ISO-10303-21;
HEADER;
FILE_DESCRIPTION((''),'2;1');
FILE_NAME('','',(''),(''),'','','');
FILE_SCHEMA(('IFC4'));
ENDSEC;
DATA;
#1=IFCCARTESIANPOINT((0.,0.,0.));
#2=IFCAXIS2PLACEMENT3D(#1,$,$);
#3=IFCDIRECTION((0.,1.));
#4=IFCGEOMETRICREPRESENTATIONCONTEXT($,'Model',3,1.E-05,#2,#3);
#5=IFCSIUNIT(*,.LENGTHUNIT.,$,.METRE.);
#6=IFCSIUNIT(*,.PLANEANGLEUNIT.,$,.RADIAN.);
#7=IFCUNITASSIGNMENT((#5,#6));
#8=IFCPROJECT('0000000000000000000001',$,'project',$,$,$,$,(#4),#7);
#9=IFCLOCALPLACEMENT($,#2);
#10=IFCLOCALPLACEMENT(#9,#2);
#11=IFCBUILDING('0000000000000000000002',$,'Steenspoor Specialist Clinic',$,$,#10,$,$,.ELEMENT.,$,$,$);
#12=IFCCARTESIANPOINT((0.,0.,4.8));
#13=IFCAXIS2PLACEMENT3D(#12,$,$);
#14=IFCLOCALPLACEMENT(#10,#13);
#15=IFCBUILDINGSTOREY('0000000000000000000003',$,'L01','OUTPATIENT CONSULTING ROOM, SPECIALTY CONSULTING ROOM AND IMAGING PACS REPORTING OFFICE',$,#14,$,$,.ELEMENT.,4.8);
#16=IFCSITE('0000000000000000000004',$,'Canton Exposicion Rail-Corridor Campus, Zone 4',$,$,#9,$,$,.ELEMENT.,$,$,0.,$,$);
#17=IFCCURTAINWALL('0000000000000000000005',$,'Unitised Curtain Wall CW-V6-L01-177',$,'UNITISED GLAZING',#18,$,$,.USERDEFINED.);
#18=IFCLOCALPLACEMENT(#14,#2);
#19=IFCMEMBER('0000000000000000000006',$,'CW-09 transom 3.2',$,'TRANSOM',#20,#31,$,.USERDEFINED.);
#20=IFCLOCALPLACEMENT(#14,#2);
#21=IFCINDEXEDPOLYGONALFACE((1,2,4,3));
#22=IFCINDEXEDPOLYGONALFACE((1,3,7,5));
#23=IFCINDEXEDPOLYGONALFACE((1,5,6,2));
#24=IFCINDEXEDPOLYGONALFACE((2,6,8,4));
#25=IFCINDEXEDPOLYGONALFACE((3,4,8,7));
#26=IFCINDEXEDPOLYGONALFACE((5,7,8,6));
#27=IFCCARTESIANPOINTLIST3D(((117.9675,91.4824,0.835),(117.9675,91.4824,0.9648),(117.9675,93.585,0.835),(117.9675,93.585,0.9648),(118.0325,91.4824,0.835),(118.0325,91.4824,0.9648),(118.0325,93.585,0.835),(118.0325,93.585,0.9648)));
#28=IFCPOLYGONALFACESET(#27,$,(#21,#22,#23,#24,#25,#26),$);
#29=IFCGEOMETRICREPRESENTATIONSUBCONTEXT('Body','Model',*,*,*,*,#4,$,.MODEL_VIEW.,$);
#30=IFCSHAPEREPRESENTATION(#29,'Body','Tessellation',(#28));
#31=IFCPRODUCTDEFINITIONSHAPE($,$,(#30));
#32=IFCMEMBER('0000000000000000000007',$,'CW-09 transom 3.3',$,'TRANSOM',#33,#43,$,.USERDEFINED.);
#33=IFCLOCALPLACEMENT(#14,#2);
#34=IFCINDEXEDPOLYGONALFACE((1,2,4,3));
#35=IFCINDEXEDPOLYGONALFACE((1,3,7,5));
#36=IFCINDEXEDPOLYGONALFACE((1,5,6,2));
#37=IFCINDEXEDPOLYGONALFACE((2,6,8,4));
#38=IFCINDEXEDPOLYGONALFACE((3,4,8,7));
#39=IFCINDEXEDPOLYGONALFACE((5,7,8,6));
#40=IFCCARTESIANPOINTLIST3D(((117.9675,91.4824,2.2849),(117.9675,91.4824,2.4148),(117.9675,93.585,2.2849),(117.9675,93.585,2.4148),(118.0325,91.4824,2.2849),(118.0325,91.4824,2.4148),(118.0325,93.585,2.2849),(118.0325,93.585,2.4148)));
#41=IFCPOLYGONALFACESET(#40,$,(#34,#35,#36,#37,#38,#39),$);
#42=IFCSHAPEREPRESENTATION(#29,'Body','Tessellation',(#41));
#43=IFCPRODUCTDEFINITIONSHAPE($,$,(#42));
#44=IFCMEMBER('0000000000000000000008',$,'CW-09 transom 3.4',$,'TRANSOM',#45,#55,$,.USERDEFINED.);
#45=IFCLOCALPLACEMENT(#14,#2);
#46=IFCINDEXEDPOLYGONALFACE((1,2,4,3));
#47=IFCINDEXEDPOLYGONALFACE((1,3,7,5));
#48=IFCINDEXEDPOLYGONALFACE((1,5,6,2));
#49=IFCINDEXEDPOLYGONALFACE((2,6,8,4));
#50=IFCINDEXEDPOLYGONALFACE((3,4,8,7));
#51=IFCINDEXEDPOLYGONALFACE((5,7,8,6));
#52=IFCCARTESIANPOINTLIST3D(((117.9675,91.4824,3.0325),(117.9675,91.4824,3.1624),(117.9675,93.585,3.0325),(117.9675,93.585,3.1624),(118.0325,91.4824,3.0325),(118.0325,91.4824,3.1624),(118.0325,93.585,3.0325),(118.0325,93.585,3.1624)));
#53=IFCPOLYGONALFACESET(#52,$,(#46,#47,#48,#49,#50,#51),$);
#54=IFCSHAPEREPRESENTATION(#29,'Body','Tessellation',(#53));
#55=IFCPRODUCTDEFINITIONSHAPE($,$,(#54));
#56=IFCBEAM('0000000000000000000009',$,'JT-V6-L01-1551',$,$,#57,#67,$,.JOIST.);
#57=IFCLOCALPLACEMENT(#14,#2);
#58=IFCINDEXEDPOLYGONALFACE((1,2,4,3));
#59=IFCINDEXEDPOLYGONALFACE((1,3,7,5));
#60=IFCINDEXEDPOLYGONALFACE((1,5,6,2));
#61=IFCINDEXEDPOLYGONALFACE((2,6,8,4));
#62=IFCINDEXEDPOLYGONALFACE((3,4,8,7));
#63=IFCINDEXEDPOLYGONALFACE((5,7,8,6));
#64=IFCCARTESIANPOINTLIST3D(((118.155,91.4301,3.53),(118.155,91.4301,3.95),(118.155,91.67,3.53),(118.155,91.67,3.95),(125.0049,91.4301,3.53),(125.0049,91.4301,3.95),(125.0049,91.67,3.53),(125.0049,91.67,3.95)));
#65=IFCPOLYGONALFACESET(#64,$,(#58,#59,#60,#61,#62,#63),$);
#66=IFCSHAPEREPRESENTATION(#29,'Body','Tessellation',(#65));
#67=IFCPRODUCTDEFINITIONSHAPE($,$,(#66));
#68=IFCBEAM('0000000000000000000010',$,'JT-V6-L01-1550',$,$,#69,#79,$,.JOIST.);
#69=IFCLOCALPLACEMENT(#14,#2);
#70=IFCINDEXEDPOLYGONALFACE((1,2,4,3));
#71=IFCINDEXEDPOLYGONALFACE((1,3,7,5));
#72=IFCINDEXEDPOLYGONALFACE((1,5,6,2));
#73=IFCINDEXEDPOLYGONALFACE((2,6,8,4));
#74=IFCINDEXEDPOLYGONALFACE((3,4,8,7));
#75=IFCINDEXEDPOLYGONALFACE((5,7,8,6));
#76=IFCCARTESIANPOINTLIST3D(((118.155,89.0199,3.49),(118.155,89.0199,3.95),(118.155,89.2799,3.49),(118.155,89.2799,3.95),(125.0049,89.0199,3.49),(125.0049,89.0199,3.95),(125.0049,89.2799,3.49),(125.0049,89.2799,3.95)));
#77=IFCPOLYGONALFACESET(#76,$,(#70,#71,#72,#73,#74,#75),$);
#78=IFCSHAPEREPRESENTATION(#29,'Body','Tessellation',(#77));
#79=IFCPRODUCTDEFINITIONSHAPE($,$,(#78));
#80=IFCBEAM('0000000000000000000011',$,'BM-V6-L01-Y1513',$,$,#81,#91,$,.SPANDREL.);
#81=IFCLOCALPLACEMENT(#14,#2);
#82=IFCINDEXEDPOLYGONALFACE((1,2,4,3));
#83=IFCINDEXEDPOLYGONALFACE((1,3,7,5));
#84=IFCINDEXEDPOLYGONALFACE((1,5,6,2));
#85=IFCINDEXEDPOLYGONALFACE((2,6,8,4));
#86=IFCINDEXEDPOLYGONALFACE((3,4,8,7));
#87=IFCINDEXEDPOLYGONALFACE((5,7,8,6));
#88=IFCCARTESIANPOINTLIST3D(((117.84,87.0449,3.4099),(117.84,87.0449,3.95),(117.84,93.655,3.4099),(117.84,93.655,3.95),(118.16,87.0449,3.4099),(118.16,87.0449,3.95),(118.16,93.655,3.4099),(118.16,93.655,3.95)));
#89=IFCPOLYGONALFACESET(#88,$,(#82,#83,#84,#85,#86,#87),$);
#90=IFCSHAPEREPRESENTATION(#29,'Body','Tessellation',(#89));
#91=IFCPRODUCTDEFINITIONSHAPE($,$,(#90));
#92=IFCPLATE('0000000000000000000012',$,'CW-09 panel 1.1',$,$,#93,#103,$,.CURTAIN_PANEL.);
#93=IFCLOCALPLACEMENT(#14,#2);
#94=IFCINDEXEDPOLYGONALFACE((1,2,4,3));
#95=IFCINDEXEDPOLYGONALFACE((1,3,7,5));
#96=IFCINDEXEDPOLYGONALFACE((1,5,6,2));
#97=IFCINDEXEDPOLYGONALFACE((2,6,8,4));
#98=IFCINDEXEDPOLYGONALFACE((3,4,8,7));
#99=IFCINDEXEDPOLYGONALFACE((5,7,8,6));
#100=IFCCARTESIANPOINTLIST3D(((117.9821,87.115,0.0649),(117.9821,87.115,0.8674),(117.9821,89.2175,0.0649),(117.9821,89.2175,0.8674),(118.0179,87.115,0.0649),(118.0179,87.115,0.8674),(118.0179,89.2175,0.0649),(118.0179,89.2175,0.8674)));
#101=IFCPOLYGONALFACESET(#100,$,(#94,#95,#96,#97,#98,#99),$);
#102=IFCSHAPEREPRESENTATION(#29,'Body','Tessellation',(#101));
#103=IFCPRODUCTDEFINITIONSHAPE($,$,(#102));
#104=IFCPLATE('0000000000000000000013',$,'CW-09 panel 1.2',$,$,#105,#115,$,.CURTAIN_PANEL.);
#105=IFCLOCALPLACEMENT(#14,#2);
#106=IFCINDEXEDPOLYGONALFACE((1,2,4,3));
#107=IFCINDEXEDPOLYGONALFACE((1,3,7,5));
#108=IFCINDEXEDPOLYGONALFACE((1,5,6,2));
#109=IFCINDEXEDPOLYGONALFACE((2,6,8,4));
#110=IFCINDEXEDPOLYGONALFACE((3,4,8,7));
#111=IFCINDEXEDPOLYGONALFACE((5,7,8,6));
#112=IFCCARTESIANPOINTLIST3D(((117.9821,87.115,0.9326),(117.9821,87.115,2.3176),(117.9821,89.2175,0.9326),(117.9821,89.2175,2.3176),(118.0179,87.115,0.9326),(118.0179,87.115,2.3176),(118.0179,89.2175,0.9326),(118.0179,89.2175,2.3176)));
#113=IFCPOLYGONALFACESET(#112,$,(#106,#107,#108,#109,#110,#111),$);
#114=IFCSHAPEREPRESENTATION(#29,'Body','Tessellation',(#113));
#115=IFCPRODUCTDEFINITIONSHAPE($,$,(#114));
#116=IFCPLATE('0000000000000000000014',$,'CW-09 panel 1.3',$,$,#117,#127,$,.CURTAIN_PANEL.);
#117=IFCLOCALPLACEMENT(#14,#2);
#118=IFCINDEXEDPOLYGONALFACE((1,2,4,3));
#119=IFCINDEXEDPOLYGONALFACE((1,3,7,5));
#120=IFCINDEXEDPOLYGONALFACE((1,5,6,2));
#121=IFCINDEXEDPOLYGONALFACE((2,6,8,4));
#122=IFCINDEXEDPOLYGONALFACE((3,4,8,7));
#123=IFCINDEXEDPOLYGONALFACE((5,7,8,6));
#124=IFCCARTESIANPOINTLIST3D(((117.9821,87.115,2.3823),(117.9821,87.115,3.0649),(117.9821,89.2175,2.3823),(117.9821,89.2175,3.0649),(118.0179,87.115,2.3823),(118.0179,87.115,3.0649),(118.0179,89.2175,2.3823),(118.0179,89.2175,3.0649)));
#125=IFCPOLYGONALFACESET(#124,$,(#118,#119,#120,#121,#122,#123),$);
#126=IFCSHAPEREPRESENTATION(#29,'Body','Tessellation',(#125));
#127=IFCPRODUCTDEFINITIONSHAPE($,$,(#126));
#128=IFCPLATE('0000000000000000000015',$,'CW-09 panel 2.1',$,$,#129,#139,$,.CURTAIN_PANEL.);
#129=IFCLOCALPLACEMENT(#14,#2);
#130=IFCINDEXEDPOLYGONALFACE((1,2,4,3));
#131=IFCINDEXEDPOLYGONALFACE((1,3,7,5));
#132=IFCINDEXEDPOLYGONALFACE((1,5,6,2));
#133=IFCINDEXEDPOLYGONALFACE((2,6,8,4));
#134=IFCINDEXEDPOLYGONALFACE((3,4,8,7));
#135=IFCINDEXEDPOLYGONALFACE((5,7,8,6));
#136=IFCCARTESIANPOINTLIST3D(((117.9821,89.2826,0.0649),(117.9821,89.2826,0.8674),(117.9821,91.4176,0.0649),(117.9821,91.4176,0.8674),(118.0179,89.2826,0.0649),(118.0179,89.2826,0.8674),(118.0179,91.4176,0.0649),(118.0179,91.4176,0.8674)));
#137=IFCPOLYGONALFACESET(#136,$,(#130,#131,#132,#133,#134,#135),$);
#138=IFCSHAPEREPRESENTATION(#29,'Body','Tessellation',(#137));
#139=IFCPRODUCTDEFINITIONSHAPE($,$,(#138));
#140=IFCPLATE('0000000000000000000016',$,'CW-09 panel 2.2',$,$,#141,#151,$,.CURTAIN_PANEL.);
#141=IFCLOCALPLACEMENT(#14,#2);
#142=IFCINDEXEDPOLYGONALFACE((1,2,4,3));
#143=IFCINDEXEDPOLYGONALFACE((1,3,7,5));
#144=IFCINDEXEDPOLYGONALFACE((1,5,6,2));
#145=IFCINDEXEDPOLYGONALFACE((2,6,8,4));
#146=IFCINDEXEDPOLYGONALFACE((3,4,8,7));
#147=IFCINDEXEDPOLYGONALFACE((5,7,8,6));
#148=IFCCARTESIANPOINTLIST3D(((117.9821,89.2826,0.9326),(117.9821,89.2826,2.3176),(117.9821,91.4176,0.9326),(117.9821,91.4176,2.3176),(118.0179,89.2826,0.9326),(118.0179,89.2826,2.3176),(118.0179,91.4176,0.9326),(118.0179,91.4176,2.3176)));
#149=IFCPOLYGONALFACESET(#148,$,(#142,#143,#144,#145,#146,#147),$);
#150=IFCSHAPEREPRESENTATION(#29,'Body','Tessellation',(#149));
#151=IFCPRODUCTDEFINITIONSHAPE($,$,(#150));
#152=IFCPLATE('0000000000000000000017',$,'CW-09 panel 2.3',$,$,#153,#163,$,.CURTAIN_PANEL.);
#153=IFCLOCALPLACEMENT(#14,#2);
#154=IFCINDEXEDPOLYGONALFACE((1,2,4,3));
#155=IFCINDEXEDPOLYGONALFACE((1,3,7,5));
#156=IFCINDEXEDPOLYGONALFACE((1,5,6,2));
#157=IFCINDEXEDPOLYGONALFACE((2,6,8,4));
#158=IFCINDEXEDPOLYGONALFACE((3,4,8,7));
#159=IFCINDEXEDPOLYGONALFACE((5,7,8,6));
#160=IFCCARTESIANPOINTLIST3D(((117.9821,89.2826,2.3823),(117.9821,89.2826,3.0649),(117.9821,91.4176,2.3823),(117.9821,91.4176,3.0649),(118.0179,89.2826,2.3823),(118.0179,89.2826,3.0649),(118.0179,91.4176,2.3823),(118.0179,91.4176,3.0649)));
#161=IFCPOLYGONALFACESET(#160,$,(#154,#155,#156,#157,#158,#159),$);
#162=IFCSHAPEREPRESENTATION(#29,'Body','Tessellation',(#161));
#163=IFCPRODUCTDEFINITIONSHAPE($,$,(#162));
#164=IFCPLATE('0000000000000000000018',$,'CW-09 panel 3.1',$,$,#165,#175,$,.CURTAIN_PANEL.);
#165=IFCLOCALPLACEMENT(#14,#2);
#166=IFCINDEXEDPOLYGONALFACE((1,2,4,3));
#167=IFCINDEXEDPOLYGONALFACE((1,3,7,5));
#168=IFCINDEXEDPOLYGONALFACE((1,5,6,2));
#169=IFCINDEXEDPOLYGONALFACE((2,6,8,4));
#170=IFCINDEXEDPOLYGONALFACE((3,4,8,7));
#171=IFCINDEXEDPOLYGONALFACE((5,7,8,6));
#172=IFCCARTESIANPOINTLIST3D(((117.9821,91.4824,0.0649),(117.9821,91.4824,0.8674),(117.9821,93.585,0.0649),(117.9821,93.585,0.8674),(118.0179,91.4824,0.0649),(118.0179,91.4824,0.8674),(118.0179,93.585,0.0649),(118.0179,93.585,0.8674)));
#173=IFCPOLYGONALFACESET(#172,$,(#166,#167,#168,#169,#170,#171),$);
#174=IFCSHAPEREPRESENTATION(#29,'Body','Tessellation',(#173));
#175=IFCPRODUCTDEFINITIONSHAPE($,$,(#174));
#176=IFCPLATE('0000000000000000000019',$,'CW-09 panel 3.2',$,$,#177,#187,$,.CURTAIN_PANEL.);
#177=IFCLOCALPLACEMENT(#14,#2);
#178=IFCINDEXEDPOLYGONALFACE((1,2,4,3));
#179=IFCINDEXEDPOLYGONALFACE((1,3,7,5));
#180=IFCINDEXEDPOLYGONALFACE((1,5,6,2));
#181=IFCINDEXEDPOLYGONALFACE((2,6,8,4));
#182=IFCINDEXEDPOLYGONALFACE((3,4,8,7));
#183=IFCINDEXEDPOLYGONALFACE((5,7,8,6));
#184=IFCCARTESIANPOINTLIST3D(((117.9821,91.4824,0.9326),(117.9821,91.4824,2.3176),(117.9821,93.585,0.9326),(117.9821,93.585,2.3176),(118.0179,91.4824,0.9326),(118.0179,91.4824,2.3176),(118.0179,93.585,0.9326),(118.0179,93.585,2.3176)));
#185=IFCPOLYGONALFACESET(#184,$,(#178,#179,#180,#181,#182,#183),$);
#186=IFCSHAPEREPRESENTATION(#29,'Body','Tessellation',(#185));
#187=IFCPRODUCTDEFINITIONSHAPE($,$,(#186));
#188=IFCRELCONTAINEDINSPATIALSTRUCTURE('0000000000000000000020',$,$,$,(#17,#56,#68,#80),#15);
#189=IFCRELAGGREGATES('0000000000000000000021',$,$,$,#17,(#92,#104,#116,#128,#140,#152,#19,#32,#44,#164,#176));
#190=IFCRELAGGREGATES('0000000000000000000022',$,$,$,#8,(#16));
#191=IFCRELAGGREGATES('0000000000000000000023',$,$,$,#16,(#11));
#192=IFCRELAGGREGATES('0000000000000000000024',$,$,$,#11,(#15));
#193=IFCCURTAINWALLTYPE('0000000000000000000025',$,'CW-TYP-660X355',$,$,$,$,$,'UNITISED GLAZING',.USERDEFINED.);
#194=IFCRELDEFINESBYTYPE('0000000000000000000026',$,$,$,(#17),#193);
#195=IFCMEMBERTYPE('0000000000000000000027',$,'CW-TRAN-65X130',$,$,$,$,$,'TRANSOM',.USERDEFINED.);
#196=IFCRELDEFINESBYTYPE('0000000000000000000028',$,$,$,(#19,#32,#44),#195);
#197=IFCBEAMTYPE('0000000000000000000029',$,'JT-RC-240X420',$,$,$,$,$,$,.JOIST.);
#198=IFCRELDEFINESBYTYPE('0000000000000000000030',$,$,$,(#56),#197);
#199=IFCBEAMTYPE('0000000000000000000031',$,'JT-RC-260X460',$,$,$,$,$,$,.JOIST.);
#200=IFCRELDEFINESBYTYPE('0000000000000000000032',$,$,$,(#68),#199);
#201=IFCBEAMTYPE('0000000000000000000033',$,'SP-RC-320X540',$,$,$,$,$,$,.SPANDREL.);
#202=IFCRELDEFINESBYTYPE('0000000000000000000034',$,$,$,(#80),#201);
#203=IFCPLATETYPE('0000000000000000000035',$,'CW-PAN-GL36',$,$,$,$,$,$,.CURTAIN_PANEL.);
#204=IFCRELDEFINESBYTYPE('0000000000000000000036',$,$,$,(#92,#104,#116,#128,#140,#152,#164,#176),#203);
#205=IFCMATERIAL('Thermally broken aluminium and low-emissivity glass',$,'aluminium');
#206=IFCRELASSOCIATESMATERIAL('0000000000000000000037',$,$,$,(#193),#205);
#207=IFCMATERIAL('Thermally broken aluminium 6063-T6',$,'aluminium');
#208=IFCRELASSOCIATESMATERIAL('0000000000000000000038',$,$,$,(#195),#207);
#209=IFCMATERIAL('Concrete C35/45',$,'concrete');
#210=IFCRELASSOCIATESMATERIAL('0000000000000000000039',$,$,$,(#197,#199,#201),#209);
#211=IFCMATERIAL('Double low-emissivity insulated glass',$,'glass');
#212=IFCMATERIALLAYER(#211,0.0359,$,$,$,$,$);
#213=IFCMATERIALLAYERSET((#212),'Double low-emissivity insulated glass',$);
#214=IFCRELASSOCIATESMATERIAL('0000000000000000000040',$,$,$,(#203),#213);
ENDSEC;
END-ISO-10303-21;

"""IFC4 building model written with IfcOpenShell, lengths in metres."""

from ifc_helpers import new_model, si_unit, direction, frame, origin, origin_2d, place, context, subcontext, project, spatial, rectangle, extrude, material, layer, layer_set, material_profile, profile_set, type_object, element, aggregate, save


model = new_model("IFC4")

# Units and contexts
model_context = context("Model", 3, precision=1e-05, world=origin(), true_north=direction((0.0, 1.0)))
body_context = subcontext(model_context, "Body", "Model", "MODEL_VIEW")
ifc_project = project(units=[si_unit("LENGTHUNIT", "METRE"), si_unit("PLANEANGLEUNIT", "RADIAN")], contexts=[model_context])

# Site, building, storey
site_placement = place(None, origin())
site = spatial("IfcSite", under=ifc_project, at=site_placement, Name="Canton Exposicion Rail-Corridor Campus, Zone 4", CompositionType="ELEMENT", RefElevation=0.0)
building_placement = place(site_placement, origin())
building = spatial("IfcBuilding", under=site, at=building_placement, Name="Steenspoor Specialist Clinic", CompositionType="ELEMENT")
storey_placement = place(building_placement, frame((0.0, 0.0, 4.8)))
storey = spatial("IfcBuildingStorey", under=building, at=storey_placement, Name="L01", Description="OUTPATIENT CONSULTING ROOM, SPECIALTY CONSULTING ROOM AND IMAGING PACS REPORTING OFFICE", CompositionType="ELEMENT", Elevation=4.8)

# Curtain wall, members
ifc_material_1 = material(Name="Thermally broken aluminium and low-emissivity glass", Category="aluminium")
curtain_wall_type = type_object("IfcCurtainWallType", Name="CW-TYP-660X355", ElementType="UNITISED GLAZING", PredefinedType="USERDEFINED", material=ifc_material_1)
curtain_wall_placement = place(storey_placement, origin())
curtain_wall = element("IfcCurtainWall", 1, at=curtain_wall_placement, inside=storey, type_object=curtain_wall_type, Name="Unitised Curtain Wall CW-V6-L01-177", ObjectType="UNITISED GLAZING", PredefinedType="USERDEFINED")
ifc_material_2 = material(Name="Thermally broken aluminium 6063-T6", Category="aluminium")
ifc_material_profile_1 = material_profile(ifc_material_2, rectangle(XDim=0.0649, YDim=0.1299, at=origin_2d()), Name="CWT-65X130")
ifc_profile_set_1 = profile_set([ifc_material_profile_1], Name="Thermally broken aluminium 6063-T6")
member_type_1 = type_object("IfcMemberType", Name="CW-TRAN-65X130", ElementType="TRANSOM", PredefinedType="USERDEFINED", material=ifc_profile_set_1)
member_1_placement = place(storey_placement, frame((118.0, 91.4824, 0.8999), z_axis=(0.0, 1.0, 0.0), x_axis=(-1.0, 0.0, 0.0)))
member_1 = element("IfcMember", 2, at=member_1_placement, type_object=member_type_1, Name="CW-09 transom 3.2", ObjectType="TRANSOM", PredefinedType="USERDEFINED", context=body_context, shape_type="SweptSolid", body=[
    extrude(rectangle(XDim=0.0649, YDim=0.1299, at=origin_2d()), origin(), (0.0, 0.0, 1.0), 2.1025),
])
member_2_placement = place(storey_placement, frame((118.0, 91.4824, 2.3499), z_axis=(0.0, 1.0, 0.0), x_axis=(-1.0, 0.0, 0.0)))
member_2 = element("IfcMember", 3, at=member_2_placement, type_object=member_type_1, Name="CW-09 transom 3.3", ObjectType="TRANSOM", PredefinedType="USERDEFINED", context=body_context, shape_type="SweptSolid", body=[
    extrude(rectangle(XDim=0.0649, YDim=0.1299, at=origin_2d()), origin(), (0.0, 0.0, 1.0), 2.1025),
])
member_3_placement = place(storey_placement, frame((118.0, 91.4824, 3.0974), z_axis=(0.0, 1.0, 0.0), x_axis=(-1.0, 0.0, 0.0)))
member_3 = element("IfcMember", 4, at=member_3_placement, type_object=member_type_1, Name="CW-09 transom 3.4", ObjectType="TRANSOM", PredefinedType="USERDEFINED", context=body_context, shape_type="SweptSolid", body=[
    extrude(rectangle(XDim=0.0649, YDim=0.1299, at=origin_2d()), origin(), (0.0, 0.0, 1.0), 2.1025),
])

# Beams
ifc_material_3 = material(Name="Concrete C35/45", Category="concrete")
ifc_material_profile_2 = material_profile(ifc_material_3, rectangle(XDim=0.24, YDim=0.4199, at=origin_2d()), Name="RC-JT-240X420")
ifc_profile_set_2 = profile_set([ifc_material_profile_2], Name="Concrete C35/45")
beam_type_1 = type_object("IfcBeamType", Name="JT-RC-240X420", PredefinedType="JOIST", material=ifc_profile_set_2)
beam_1_placement = place(storey_placement, frame((118.155, 91.55, 3.74), z_axis=(1.0, 0.0, 0.0), x_axis=(0.0, 1.0, 0.0)))
element("IfcBeam", 5, at=beam_1_placement, inside=storey, type_object=beam_type_1, Name="JT-V6-L01-1551", PredefinedType="JOIST", context=body_context, shape_type="SweptSolid", body=[
    extrude(rectangle(XDim=0.24, YDim=0.4199, at=origin_2d()), origin(), (0.0, 0.0, 1.0), 6.8499),
])
ifc_material_profile_3 = material_profile(ifc_material_3, rectangle(XDim=0.26, YDim=0.46, at=origin_2d()), Name="RC-JT-260X460")
ifc_profile_set_3 = profile_set([ifc_material_profile_3], Name="Concrete C35/45")
beam_type_2 = type_object("IfcBeamType", Name="JT-RC-260X460", PredefinedType="JOIST", material=ifc_profile_set_3)
beam_2_placement = place(storey_placement, frame((118.155, 89.1499, 3.72), z_axis=(1.0, 0.0, 0.0), x_axis=(0.0, 1.0, 0.0)))
element("IfcBeam", 6, at=beam_2_placement, inside=storey, type_object=beam_type_2, Name="JT-V6-L01-1550", PredefinedType="JOIST", context=body_context, shape_type="SweptSolid", body=[
    extrude(rectangle(XDim=0.26, YDim=0.46, at=origin_2d()), origin(), (0.0, 0.0, 1.0), 6.8499),
])
ifc_material_profile_4 = material_profile(ifc_material_3, rectangle(XDim=0.3201, YDim=0.54, at=origin_2d()), Name="RC-SP-320X540")
ifc_profile_set_4 = profile_set([ifc_material_profile_4], Name="Concrete C35/45")
beam_type_3 = type_object("IfcBeamType", Name="SP-RC-320X540", PredefinedType="SPANDREL", material=ifc_profile_set_4)
beam_3_placement = place(storey_placement, frame((118.0, 87.0449, 3.6799), z_axis=(0.0, 1.0, 0.0), x_axis=(-1.0, 0.0, 0.0)))
element("IfcBeam", 7, at=beam_3_placement, inside=storey, type_object=beam_type_3, Name="BM-V6-L01-Y1513", PredefinedType="SPANDREL", context=body_context, shape_type="SweptSolid", body=[
    extrude(rectangle(XDim=0.3201, YDim=0.54, at=origin_2d()), origin(), (0.0, 0.0, 1.0), 6.6101),
])

# Plates
ifc_material_4 = material(Name="Double low-emissivity insulated glass", Category="glass")
ifc_layer = layer(ifc_material_4, 0.0359)
ifc_layer_set = layer_set([ifc_layer], Name="Double low-emissivity insulated glass")
plate_type = type_object("IfcPlateType", Name="CW-PAN-GL36", PredefinedType="CURTAIN_PANEL", material=ifc_layer_set)
plate_1_placement = place(storey_placement, frame((118.0, 88.1663, 0.0649), z_axis=(0.0, 0.0, 1.0), x_axis=(0.0, 1.0, 0.0)))
plate_1 = element("IfcPlate", 8, at=plate_1_placement, type_object=plate_type, Name="CW-09 panel 1.1", PredefinedType="CURTAIN_PANEL", context=body_context, shape_type="SweptSolid", body=[
    extrude(rectangle(XDim=2.1025, YDim=0.0359, at=origin_2d()), origin(), (0.0, 0.0, 1.0), 0.8025),
])
plate_2_placement = place(storey_placement, frame((118.0, 88.1663, 0.9326), z_axis=(0.0, 0.0, 1.0), x_axis=(0.0, 1.0, 0.0)))
plate_2 = element("IfcPlate", 9, at=plate_2_placement, type_object=plate_type, Name="CW-09 panel 1.2", PredefinedType="CURTAIN_PANEL", context=body_context, shape_type="SweptSolid", body=[
    extrude(rectangle(XDim=2.1025, YDim=0.0359, at=origin_2d()), origin(), (0.0, 0.0, 1.0), 1.385),
])
plate_3_placement = place(storey_placement, frame((118.0, 88.1663, 2.3823), z_axis=(0.0, 0.0, 1.0), x_axis=(0.0, 1.0, 0.0)))
plate_3 = element("IfcPlate", 10, at=plate_3_placement, type_object=plate_type, Name="CW-09 panel 1.3", PredefinedType="CURTAIN_PANEL", context=body_context, shape_type="SweptSolid", body=[
    extrude(rectangle(XDim=2.1025, YDim=0.0359, at=origin_2d()), origin(), (0.0, 0.0, 1.0), 0.6826),
])
plate_4_placement = place(storey_placement, frame((118.0, 90.3501, 0.0649), z_axis=(0.0, 0.0, 1.0), x_axis=(0.0, 1.0, 0.0)))
plate_4 = element("IfcPlate", 11, at=plate_4_placement, type_object=plate_type, Name="CW-09 panel 2.1", PredefinedType="CURTAIN_PANEL", context=body_context, shape_type="SweptSolid", body=[
    extrude(rectangle(XDim=2.135, YDim=0.0359, at=origin_2d()), origin(), (0.0, 0.0, 1.0), 0.8025),
])
plate_5_placement = place(storey_placement, frame((118.0, 90.3501, 0.9326), z_axis=(0.0, 0.0, 1.0), x_axis=(0.0, 1.0, 0.0)))
plate_5 = element("IfcPlate", 12, at=plate_5_placement, type_object=plate_type, Name="CW-09 panel 2.2", PredefinedType="CURTAIN_PANEL", context=body_context, shape_type="SweptSolid", body=[
    extrude(rectangle(XDim=2.135, YDim=0.0359, at=origin_2d()), origin(), (0.0, 0.0, 1.0), 1.385),
])
plate_6_placement = place(storey_placement, frame((118.0, 90.3501, 2.3823), z_axis=(0.0, 0.0, 1.0), x_axis=(0.0, 1.0, 0.0)))
plate_6 = element("IfcPlate", 13, at=plate_6_placement, type_object=plate_type, Name="CW-09 panel 2.3", PredefinedType="CURTAIN_PANEL", context=body_context, shape_type="SweptSolid", body=[
    extrude(rectangle(XDim=2.135, YDim=0.0359, at=origin_2d()), origin(), (0.0, 0.0, 1.0), 0.6826),
])
plate_7_placement = place(storey_placement, frame((118.0, 92.5337, 0.0649), z_axis=(0.0, 0.0, 1.0), x_axis=(0.0, 1.0, 0.0)))
plate_7 = element("IfcPlate", 14, at=plate_7_placement, type_object=plate_type, Name="CW-09 panel 3.1", PredefinedType="CURTAIN_PANEL", context=body_context, shape_type="SweptSolid", body=[
    extrude(rectangle(XDim=2.1025, YDim=0.0359, at=origin_2d()), origin(), (0.0, 0.0, 1.0), 0.8025),
])
plate_8_placement = place(storey_placement, frame((118.0, 92.5337, 0.9326), z_axis=(0.0, 0.0, 1.0), x_axis=(0.0, 1.0, 0.0)))
plate_8 = element("IfcPlate", 15, at=plate_8_placement, type_object=plate_type, Name="CW-09 panel 3.2", PredefinedType="CURTAIN_PANEL", context=body_context, shape_type="SweptSolid", body=[
    extrude(rectangle(XDim=2.1025, YDim=0.0359, at=origin_2d()), origin(), (0.0, 0.0, 1.0), 1.385),
])
aggregate(curtain_wall, [plate_1, plate_2, plate_3, plate_4, plate_5, plate_6, member_1, member_2, member_3, plate_7, plate_8])

save(model, "model.ifc")
